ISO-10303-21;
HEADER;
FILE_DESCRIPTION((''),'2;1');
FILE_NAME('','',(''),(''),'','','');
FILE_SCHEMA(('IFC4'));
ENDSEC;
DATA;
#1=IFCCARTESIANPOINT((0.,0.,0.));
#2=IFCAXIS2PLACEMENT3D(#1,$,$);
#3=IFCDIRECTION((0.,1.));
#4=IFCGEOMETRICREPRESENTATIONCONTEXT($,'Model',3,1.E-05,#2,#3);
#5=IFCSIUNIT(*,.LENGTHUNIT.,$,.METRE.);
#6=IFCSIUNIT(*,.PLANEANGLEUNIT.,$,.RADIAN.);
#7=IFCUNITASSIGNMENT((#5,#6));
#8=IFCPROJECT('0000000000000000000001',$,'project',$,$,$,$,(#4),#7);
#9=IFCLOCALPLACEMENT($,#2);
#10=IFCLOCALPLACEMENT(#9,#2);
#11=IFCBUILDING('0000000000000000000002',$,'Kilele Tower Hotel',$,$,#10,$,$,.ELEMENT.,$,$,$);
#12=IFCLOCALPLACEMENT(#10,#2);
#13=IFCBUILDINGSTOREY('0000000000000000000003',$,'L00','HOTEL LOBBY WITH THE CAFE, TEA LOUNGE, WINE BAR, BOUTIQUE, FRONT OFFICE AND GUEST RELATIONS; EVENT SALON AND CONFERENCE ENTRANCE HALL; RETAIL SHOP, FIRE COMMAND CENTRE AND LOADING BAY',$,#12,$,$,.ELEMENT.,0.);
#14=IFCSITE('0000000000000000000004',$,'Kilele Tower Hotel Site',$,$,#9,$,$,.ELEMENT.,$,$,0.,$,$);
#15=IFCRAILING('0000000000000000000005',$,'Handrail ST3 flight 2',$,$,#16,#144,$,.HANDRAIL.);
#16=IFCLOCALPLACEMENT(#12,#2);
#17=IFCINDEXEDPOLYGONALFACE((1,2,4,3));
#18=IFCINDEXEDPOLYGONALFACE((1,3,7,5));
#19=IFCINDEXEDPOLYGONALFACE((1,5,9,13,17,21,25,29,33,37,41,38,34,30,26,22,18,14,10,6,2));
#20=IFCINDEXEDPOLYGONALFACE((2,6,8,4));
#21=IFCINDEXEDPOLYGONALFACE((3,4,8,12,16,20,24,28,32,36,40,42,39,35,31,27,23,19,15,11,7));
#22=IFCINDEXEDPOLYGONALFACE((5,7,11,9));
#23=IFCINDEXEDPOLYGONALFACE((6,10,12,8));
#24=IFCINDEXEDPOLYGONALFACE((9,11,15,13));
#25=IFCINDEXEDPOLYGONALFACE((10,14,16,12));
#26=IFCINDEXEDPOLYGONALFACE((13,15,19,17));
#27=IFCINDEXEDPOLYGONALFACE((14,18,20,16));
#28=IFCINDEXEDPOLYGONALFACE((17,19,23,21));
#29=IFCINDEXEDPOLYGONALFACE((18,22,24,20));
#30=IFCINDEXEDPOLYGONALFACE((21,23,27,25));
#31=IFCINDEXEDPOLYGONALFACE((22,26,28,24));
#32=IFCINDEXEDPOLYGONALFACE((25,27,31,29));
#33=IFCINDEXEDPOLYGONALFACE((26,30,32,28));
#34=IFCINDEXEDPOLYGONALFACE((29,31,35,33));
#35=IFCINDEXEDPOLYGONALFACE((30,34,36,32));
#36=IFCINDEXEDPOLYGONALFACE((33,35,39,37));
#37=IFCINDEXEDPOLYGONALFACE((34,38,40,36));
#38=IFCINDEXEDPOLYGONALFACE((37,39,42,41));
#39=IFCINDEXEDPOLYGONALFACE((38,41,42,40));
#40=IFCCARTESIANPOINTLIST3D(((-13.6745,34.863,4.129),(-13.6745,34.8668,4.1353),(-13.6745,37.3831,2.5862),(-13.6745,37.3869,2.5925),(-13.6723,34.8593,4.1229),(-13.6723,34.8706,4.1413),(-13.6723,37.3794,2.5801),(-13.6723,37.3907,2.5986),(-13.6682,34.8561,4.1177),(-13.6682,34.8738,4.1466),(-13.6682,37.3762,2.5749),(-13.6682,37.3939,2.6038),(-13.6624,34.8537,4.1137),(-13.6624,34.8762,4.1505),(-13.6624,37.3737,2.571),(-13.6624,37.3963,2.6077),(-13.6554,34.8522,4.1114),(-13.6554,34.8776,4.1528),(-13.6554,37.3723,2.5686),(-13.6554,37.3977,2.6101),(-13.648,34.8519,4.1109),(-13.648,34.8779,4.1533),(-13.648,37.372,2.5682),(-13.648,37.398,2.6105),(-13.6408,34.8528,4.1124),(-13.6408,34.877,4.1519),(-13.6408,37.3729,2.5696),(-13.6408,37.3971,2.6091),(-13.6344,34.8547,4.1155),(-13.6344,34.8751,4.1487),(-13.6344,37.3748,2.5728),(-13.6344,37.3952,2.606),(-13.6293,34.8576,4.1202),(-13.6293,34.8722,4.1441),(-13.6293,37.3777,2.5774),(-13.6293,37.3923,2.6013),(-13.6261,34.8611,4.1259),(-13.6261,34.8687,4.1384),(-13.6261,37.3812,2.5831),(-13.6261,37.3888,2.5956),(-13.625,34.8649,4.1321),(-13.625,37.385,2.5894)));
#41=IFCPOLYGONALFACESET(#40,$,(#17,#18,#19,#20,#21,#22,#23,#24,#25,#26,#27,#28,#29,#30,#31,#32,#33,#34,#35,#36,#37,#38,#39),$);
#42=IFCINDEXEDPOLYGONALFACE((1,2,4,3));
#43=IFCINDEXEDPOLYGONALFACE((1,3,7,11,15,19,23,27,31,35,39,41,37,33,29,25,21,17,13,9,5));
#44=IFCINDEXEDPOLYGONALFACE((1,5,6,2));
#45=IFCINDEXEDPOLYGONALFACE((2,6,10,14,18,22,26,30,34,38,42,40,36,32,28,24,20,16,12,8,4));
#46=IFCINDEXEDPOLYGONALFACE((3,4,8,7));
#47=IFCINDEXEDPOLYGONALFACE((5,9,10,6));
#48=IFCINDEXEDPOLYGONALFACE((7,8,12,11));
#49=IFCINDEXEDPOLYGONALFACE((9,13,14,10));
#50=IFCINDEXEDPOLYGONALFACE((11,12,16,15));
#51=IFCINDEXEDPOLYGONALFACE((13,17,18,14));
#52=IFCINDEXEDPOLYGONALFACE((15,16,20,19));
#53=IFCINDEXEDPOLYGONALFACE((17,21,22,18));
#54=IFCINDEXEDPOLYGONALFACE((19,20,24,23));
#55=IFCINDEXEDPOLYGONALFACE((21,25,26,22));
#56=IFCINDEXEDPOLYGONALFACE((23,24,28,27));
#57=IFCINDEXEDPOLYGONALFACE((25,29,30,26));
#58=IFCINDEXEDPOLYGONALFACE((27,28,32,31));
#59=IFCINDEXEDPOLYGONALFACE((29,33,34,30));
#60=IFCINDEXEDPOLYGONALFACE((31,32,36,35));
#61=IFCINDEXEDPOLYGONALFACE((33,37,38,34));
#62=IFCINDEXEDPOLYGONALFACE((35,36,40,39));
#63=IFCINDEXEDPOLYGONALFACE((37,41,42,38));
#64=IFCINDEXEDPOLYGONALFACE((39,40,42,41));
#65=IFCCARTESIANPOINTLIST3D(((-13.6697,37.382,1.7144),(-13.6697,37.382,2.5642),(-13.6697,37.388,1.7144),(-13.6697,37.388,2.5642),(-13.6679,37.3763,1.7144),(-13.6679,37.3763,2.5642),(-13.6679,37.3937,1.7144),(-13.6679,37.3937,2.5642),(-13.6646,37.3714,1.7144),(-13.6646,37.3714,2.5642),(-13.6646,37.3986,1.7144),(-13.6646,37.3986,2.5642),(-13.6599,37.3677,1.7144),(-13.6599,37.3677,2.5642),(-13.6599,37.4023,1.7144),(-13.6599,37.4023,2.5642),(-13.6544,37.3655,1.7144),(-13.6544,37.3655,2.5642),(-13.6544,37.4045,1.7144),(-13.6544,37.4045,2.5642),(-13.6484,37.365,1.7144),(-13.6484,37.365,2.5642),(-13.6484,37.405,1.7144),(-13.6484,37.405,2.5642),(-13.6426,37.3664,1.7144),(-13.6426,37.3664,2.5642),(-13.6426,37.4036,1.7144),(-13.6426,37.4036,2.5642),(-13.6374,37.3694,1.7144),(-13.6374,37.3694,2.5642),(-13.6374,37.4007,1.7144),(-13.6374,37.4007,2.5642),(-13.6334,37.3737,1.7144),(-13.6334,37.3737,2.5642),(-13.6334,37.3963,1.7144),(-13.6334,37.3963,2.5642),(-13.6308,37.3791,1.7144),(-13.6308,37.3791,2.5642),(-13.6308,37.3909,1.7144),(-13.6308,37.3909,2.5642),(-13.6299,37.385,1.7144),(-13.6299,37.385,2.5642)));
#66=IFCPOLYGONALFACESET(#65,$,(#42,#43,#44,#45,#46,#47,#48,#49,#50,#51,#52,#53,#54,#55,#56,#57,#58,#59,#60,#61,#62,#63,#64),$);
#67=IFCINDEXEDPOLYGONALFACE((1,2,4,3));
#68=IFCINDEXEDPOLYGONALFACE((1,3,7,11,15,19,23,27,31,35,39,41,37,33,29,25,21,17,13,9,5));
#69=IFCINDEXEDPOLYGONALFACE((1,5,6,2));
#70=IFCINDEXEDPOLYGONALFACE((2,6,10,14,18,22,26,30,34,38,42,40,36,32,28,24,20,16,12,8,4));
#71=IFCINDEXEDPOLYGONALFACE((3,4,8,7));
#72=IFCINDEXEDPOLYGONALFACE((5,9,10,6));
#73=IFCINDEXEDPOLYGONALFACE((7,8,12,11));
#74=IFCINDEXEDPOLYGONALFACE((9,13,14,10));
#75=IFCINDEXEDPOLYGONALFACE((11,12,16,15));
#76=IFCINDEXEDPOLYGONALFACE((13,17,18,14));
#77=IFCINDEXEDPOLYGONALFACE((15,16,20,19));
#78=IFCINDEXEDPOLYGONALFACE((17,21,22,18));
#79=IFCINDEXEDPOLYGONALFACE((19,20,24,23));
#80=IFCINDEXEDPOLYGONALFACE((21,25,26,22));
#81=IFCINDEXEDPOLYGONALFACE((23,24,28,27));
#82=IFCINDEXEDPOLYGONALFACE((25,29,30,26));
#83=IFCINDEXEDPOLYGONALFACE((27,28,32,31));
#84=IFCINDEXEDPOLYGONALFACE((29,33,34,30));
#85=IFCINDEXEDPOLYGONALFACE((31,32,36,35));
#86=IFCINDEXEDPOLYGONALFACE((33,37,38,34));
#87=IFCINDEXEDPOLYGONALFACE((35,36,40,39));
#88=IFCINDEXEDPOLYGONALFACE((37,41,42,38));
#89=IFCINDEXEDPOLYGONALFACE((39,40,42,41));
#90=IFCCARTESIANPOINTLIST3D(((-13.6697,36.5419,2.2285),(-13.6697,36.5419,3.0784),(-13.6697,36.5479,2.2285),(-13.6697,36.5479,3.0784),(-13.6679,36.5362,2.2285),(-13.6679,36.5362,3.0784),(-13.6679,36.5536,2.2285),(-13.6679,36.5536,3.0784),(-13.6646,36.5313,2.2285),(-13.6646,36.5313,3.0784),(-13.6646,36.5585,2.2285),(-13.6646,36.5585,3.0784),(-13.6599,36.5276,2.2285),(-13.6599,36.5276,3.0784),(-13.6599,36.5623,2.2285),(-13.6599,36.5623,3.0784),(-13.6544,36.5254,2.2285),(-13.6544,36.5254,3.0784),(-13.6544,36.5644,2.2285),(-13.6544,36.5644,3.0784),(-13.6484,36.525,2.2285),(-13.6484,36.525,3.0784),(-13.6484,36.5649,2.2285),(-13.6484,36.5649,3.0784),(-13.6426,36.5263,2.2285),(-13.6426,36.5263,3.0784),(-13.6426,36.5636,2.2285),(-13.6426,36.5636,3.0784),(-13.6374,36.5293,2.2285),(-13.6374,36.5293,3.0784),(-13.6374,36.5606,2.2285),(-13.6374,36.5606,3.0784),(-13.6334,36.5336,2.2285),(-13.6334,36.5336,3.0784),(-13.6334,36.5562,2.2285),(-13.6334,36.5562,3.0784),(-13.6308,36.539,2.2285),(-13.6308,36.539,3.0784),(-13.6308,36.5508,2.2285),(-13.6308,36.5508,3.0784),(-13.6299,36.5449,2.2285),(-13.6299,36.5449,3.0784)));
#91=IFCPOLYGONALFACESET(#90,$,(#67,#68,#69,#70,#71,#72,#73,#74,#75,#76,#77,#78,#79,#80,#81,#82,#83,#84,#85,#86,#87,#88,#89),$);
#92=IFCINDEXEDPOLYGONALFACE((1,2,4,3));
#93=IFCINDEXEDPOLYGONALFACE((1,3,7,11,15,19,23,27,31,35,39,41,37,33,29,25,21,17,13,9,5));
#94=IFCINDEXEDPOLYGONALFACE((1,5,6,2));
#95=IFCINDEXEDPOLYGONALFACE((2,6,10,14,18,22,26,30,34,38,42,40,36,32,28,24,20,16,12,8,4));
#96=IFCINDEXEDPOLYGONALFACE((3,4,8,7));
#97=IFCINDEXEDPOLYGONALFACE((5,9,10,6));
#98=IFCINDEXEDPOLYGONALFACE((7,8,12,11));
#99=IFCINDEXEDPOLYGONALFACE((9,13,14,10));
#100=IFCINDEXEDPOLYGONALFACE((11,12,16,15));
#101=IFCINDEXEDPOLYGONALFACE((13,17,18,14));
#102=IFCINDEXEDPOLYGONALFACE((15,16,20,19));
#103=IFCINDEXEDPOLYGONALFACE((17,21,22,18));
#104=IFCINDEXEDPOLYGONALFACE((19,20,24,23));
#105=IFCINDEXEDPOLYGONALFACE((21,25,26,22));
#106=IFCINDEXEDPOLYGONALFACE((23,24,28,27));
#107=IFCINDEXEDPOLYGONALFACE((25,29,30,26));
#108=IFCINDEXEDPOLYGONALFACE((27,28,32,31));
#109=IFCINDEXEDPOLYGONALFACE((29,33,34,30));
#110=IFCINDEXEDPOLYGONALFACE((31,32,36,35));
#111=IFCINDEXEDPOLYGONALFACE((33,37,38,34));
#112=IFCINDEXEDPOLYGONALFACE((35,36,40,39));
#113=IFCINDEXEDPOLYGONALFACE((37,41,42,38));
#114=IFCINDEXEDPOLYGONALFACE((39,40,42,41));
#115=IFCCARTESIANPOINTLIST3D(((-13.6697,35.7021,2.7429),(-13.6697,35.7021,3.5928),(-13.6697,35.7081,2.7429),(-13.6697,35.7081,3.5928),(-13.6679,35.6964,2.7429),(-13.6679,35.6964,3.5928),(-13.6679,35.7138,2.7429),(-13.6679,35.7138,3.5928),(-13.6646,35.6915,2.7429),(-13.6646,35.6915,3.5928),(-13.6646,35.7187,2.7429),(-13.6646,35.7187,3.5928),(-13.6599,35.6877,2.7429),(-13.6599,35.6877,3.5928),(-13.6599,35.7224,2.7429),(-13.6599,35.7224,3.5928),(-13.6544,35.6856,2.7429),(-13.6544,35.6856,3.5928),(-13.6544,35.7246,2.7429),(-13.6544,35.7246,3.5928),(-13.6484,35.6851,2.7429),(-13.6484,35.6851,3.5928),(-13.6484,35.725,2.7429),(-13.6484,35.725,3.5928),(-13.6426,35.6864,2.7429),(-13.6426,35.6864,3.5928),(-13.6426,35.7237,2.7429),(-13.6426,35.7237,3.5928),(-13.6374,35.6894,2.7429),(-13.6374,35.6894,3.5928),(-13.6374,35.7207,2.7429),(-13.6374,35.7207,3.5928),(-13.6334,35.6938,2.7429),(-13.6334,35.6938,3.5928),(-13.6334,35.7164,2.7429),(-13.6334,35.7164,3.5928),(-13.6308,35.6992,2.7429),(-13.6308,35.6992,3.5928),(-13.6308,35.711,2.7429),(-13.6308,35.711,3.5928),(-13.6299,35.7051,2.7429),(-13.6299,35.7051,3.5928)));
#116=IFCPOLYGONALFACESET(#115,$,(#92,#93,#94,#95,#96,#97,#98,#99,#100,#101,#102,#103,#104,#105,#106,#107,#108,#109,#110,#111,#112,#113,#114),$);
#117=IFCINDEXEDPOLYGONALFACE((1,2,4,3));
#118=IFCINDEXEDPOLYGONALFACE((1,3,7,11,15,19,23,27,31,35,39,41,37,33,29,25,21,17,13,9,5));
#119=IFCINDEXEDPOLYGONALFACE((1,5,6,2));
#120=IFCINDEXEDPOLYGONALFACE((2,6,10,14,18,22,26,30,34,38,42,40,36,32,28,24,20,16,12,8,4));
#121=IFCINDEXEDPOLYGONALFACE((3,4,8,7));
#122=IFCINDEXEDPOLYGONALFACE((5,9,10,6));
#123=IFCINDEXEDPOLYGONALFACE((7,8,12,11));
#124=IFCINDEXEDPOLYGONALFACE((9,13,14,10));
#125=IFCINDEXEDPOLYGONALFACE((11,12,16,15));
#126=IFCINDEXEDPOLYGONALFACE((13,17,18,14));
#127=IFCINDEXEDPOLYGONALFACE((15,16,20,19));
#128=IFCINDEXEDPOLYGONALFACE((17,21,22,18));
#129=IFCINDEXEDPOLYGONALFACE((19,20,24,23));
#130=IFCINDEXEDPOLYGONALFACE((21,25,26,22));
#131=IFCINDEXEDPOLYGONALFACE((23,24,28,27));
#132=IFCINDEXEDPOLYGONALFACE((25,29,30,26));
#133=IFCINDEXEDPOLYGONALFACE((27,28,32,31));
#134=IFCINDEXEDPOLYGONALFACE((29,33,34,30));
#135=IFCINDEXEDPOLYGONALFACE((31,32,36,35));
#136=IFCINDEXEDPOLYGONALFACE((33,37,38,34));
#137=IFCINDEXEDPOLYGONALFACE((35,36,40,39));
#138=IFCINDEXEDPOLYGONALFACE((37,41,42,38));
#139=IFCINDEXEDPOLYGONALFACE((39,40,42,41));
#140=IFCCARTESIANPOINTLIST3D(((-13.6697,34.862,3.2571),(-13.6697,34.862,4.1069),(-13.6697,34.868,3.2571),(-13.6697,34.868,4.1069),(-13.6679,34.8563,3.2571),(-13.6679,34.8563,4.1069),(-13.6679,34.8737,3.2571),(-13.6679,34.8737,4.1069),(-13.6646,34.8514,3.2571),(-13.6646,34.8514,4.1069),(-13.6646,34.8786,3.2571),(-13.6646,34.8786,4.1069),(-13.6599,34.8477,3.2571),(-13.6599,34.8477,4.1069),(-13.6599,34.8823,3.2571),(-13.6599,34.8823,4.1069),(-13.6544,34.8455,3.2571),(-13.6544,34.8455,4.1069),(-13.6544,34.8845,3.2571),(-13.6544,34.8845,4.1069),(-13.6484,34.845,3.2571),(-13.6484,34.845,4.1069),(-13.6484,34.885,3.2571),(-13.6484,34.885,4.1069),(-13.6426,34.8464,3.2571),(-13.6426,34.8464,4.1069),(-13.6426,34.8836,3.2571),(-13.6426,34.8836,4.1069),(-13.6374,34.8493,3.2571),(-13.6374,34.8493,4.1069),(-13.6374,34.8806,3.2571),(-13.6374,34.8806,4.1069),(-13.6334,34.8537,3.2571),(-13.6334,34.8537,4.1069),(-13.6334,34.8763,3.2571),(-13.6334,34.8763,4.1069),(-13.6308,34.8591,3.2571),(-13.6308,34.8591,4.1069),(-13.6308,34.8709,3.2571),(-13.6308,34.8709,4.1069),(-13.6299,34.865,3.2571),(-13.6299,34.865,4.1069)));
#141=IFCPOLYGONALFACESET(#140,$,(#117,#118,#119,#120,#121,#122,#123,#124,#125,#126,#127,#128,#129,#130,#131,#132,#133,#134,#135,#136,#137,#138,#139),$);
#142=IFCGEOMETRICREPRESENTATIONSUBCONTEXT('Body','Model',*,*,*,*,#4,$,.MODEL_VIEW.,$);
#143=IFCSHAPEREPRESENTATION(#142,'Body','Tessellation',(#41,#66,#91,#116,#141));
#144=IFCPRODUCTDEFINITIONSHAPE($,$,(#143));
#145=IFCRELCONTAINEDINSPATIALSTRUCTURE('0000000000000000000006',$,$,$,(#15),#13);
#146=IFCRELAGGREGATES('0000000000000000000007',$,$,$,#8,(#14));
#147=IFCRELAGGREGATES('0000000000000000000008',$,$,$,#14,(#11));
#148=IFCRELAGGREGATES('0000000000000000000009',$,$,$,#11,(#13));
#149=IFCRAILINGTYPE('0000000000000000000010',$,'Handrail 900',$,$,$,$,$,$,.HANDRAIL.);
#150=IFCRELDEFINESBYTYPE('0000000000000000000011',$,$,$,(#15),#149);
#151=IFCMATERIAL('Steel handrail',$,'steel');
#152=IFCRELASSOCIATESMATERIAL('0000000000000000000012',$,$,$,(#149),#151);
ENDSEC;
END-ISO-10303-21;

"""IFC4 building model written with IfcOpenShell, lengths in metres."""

from ifc_helpers import new_model, si_unit, direction, frame, origin, origin_2d, place, context, subcontext, project, spatial, circle, extrude, material, type_object, element, save


model = new_model("IFC4")

# Units and contexts
model_context = context("Model", 3, precision=1e-05, world=origin(), true_north=direction((0.0, 1.0)))
body_context = subcontext(model_context, "Body", "Model", "MODEL_VIEW")
ifc_project = project(units=[si_unit("LENGTHUNIT", "METRE"), si_unit("PLANEANGLEUNIT", "RADIAN")], contexts=[model_context])

# Site, building, storey
site_placement = place(None, origin())
site = spatial("IfcSite", under=ifc_project, at=site_placement, Name="Kilele Tower Hotel Site", CompositionType="ELEMENT", RefElevation=0.0)
building_placement = place(site_placement, origin())
building = spatial("IfcBuilding", under=site, at=building_placement, Name="Kilele Tower Hotel", CompositionType="ELEMENT")
storey_placement = place(building_placement, origin())
storey = spatial("IfcBuildingStorey", under=building, at=storey_placement, Name="L00", Description="HOTEL LOBBY WITH THE CAFE, TEA LOUNGE, WINE BAR, BOUTIQUE, FRONT OFFICE AND GUEST RELATIONS; EVENT SALON AND CONFERENCE ENTRANCE HALL; RETAIL SHOP, FIRE COMMAND CENTRE AND LOADING BAY", CompositionType="ELEMENT", Elevation=0.0)

# Railing
ifc_material_1 = material(Name="Steel handrail", Category="steel")
railing_type_1 = type_object("IfcRailingType", Name="Handrail 900", PredefinedType="HANDRAIL", material=ifc_material_1)
for number, where, name in (
    (1, (-13.6499, 37.385, 1.7144), "Handrail ST3 flight 2"),
):
    element("IfcRailing", number, at=place(storey_placement, frame(where)), inside=storey, type_object=railing_type_1, Name=name, PredefinedType="HANDRAIL", context=body_context, shape_type="SweptSolid", body=[
        extrude(circle(Radius=0.0249, at=origin_2d()), frame((0.0, 0.0, 0.875), z_axis=(0.0, -0.852873, 0.522118), x_axis=(1.0, 0.0, 0.0)), (0.0, 0.0, 1.0), 2.9548),
        extrude(circle(Radius=0.02, at=origin_2d()), origin(), (0.0, 0.0, 1.0), 0.8499),
        extrude(circle(Radius=0.02, at=origin_2d()), frame((0.0, -0.8401, 0.5142)), (0.0, 0.0, 1.0), 0.8499),
        extrude(circle(Radius=0.02, at=origin_2d()), frame((0.0, -1.6799, 1.0286)), (0.0, 0.0, 1.0), 0.8499),
        extrude(circle(Radius=0.02, at=origin_2d()), frame((0.0, -2.52, 1.5427)), (0.0, 0.0, 1.0), 0.8499),
    ])

save(model, "model.ifc")
